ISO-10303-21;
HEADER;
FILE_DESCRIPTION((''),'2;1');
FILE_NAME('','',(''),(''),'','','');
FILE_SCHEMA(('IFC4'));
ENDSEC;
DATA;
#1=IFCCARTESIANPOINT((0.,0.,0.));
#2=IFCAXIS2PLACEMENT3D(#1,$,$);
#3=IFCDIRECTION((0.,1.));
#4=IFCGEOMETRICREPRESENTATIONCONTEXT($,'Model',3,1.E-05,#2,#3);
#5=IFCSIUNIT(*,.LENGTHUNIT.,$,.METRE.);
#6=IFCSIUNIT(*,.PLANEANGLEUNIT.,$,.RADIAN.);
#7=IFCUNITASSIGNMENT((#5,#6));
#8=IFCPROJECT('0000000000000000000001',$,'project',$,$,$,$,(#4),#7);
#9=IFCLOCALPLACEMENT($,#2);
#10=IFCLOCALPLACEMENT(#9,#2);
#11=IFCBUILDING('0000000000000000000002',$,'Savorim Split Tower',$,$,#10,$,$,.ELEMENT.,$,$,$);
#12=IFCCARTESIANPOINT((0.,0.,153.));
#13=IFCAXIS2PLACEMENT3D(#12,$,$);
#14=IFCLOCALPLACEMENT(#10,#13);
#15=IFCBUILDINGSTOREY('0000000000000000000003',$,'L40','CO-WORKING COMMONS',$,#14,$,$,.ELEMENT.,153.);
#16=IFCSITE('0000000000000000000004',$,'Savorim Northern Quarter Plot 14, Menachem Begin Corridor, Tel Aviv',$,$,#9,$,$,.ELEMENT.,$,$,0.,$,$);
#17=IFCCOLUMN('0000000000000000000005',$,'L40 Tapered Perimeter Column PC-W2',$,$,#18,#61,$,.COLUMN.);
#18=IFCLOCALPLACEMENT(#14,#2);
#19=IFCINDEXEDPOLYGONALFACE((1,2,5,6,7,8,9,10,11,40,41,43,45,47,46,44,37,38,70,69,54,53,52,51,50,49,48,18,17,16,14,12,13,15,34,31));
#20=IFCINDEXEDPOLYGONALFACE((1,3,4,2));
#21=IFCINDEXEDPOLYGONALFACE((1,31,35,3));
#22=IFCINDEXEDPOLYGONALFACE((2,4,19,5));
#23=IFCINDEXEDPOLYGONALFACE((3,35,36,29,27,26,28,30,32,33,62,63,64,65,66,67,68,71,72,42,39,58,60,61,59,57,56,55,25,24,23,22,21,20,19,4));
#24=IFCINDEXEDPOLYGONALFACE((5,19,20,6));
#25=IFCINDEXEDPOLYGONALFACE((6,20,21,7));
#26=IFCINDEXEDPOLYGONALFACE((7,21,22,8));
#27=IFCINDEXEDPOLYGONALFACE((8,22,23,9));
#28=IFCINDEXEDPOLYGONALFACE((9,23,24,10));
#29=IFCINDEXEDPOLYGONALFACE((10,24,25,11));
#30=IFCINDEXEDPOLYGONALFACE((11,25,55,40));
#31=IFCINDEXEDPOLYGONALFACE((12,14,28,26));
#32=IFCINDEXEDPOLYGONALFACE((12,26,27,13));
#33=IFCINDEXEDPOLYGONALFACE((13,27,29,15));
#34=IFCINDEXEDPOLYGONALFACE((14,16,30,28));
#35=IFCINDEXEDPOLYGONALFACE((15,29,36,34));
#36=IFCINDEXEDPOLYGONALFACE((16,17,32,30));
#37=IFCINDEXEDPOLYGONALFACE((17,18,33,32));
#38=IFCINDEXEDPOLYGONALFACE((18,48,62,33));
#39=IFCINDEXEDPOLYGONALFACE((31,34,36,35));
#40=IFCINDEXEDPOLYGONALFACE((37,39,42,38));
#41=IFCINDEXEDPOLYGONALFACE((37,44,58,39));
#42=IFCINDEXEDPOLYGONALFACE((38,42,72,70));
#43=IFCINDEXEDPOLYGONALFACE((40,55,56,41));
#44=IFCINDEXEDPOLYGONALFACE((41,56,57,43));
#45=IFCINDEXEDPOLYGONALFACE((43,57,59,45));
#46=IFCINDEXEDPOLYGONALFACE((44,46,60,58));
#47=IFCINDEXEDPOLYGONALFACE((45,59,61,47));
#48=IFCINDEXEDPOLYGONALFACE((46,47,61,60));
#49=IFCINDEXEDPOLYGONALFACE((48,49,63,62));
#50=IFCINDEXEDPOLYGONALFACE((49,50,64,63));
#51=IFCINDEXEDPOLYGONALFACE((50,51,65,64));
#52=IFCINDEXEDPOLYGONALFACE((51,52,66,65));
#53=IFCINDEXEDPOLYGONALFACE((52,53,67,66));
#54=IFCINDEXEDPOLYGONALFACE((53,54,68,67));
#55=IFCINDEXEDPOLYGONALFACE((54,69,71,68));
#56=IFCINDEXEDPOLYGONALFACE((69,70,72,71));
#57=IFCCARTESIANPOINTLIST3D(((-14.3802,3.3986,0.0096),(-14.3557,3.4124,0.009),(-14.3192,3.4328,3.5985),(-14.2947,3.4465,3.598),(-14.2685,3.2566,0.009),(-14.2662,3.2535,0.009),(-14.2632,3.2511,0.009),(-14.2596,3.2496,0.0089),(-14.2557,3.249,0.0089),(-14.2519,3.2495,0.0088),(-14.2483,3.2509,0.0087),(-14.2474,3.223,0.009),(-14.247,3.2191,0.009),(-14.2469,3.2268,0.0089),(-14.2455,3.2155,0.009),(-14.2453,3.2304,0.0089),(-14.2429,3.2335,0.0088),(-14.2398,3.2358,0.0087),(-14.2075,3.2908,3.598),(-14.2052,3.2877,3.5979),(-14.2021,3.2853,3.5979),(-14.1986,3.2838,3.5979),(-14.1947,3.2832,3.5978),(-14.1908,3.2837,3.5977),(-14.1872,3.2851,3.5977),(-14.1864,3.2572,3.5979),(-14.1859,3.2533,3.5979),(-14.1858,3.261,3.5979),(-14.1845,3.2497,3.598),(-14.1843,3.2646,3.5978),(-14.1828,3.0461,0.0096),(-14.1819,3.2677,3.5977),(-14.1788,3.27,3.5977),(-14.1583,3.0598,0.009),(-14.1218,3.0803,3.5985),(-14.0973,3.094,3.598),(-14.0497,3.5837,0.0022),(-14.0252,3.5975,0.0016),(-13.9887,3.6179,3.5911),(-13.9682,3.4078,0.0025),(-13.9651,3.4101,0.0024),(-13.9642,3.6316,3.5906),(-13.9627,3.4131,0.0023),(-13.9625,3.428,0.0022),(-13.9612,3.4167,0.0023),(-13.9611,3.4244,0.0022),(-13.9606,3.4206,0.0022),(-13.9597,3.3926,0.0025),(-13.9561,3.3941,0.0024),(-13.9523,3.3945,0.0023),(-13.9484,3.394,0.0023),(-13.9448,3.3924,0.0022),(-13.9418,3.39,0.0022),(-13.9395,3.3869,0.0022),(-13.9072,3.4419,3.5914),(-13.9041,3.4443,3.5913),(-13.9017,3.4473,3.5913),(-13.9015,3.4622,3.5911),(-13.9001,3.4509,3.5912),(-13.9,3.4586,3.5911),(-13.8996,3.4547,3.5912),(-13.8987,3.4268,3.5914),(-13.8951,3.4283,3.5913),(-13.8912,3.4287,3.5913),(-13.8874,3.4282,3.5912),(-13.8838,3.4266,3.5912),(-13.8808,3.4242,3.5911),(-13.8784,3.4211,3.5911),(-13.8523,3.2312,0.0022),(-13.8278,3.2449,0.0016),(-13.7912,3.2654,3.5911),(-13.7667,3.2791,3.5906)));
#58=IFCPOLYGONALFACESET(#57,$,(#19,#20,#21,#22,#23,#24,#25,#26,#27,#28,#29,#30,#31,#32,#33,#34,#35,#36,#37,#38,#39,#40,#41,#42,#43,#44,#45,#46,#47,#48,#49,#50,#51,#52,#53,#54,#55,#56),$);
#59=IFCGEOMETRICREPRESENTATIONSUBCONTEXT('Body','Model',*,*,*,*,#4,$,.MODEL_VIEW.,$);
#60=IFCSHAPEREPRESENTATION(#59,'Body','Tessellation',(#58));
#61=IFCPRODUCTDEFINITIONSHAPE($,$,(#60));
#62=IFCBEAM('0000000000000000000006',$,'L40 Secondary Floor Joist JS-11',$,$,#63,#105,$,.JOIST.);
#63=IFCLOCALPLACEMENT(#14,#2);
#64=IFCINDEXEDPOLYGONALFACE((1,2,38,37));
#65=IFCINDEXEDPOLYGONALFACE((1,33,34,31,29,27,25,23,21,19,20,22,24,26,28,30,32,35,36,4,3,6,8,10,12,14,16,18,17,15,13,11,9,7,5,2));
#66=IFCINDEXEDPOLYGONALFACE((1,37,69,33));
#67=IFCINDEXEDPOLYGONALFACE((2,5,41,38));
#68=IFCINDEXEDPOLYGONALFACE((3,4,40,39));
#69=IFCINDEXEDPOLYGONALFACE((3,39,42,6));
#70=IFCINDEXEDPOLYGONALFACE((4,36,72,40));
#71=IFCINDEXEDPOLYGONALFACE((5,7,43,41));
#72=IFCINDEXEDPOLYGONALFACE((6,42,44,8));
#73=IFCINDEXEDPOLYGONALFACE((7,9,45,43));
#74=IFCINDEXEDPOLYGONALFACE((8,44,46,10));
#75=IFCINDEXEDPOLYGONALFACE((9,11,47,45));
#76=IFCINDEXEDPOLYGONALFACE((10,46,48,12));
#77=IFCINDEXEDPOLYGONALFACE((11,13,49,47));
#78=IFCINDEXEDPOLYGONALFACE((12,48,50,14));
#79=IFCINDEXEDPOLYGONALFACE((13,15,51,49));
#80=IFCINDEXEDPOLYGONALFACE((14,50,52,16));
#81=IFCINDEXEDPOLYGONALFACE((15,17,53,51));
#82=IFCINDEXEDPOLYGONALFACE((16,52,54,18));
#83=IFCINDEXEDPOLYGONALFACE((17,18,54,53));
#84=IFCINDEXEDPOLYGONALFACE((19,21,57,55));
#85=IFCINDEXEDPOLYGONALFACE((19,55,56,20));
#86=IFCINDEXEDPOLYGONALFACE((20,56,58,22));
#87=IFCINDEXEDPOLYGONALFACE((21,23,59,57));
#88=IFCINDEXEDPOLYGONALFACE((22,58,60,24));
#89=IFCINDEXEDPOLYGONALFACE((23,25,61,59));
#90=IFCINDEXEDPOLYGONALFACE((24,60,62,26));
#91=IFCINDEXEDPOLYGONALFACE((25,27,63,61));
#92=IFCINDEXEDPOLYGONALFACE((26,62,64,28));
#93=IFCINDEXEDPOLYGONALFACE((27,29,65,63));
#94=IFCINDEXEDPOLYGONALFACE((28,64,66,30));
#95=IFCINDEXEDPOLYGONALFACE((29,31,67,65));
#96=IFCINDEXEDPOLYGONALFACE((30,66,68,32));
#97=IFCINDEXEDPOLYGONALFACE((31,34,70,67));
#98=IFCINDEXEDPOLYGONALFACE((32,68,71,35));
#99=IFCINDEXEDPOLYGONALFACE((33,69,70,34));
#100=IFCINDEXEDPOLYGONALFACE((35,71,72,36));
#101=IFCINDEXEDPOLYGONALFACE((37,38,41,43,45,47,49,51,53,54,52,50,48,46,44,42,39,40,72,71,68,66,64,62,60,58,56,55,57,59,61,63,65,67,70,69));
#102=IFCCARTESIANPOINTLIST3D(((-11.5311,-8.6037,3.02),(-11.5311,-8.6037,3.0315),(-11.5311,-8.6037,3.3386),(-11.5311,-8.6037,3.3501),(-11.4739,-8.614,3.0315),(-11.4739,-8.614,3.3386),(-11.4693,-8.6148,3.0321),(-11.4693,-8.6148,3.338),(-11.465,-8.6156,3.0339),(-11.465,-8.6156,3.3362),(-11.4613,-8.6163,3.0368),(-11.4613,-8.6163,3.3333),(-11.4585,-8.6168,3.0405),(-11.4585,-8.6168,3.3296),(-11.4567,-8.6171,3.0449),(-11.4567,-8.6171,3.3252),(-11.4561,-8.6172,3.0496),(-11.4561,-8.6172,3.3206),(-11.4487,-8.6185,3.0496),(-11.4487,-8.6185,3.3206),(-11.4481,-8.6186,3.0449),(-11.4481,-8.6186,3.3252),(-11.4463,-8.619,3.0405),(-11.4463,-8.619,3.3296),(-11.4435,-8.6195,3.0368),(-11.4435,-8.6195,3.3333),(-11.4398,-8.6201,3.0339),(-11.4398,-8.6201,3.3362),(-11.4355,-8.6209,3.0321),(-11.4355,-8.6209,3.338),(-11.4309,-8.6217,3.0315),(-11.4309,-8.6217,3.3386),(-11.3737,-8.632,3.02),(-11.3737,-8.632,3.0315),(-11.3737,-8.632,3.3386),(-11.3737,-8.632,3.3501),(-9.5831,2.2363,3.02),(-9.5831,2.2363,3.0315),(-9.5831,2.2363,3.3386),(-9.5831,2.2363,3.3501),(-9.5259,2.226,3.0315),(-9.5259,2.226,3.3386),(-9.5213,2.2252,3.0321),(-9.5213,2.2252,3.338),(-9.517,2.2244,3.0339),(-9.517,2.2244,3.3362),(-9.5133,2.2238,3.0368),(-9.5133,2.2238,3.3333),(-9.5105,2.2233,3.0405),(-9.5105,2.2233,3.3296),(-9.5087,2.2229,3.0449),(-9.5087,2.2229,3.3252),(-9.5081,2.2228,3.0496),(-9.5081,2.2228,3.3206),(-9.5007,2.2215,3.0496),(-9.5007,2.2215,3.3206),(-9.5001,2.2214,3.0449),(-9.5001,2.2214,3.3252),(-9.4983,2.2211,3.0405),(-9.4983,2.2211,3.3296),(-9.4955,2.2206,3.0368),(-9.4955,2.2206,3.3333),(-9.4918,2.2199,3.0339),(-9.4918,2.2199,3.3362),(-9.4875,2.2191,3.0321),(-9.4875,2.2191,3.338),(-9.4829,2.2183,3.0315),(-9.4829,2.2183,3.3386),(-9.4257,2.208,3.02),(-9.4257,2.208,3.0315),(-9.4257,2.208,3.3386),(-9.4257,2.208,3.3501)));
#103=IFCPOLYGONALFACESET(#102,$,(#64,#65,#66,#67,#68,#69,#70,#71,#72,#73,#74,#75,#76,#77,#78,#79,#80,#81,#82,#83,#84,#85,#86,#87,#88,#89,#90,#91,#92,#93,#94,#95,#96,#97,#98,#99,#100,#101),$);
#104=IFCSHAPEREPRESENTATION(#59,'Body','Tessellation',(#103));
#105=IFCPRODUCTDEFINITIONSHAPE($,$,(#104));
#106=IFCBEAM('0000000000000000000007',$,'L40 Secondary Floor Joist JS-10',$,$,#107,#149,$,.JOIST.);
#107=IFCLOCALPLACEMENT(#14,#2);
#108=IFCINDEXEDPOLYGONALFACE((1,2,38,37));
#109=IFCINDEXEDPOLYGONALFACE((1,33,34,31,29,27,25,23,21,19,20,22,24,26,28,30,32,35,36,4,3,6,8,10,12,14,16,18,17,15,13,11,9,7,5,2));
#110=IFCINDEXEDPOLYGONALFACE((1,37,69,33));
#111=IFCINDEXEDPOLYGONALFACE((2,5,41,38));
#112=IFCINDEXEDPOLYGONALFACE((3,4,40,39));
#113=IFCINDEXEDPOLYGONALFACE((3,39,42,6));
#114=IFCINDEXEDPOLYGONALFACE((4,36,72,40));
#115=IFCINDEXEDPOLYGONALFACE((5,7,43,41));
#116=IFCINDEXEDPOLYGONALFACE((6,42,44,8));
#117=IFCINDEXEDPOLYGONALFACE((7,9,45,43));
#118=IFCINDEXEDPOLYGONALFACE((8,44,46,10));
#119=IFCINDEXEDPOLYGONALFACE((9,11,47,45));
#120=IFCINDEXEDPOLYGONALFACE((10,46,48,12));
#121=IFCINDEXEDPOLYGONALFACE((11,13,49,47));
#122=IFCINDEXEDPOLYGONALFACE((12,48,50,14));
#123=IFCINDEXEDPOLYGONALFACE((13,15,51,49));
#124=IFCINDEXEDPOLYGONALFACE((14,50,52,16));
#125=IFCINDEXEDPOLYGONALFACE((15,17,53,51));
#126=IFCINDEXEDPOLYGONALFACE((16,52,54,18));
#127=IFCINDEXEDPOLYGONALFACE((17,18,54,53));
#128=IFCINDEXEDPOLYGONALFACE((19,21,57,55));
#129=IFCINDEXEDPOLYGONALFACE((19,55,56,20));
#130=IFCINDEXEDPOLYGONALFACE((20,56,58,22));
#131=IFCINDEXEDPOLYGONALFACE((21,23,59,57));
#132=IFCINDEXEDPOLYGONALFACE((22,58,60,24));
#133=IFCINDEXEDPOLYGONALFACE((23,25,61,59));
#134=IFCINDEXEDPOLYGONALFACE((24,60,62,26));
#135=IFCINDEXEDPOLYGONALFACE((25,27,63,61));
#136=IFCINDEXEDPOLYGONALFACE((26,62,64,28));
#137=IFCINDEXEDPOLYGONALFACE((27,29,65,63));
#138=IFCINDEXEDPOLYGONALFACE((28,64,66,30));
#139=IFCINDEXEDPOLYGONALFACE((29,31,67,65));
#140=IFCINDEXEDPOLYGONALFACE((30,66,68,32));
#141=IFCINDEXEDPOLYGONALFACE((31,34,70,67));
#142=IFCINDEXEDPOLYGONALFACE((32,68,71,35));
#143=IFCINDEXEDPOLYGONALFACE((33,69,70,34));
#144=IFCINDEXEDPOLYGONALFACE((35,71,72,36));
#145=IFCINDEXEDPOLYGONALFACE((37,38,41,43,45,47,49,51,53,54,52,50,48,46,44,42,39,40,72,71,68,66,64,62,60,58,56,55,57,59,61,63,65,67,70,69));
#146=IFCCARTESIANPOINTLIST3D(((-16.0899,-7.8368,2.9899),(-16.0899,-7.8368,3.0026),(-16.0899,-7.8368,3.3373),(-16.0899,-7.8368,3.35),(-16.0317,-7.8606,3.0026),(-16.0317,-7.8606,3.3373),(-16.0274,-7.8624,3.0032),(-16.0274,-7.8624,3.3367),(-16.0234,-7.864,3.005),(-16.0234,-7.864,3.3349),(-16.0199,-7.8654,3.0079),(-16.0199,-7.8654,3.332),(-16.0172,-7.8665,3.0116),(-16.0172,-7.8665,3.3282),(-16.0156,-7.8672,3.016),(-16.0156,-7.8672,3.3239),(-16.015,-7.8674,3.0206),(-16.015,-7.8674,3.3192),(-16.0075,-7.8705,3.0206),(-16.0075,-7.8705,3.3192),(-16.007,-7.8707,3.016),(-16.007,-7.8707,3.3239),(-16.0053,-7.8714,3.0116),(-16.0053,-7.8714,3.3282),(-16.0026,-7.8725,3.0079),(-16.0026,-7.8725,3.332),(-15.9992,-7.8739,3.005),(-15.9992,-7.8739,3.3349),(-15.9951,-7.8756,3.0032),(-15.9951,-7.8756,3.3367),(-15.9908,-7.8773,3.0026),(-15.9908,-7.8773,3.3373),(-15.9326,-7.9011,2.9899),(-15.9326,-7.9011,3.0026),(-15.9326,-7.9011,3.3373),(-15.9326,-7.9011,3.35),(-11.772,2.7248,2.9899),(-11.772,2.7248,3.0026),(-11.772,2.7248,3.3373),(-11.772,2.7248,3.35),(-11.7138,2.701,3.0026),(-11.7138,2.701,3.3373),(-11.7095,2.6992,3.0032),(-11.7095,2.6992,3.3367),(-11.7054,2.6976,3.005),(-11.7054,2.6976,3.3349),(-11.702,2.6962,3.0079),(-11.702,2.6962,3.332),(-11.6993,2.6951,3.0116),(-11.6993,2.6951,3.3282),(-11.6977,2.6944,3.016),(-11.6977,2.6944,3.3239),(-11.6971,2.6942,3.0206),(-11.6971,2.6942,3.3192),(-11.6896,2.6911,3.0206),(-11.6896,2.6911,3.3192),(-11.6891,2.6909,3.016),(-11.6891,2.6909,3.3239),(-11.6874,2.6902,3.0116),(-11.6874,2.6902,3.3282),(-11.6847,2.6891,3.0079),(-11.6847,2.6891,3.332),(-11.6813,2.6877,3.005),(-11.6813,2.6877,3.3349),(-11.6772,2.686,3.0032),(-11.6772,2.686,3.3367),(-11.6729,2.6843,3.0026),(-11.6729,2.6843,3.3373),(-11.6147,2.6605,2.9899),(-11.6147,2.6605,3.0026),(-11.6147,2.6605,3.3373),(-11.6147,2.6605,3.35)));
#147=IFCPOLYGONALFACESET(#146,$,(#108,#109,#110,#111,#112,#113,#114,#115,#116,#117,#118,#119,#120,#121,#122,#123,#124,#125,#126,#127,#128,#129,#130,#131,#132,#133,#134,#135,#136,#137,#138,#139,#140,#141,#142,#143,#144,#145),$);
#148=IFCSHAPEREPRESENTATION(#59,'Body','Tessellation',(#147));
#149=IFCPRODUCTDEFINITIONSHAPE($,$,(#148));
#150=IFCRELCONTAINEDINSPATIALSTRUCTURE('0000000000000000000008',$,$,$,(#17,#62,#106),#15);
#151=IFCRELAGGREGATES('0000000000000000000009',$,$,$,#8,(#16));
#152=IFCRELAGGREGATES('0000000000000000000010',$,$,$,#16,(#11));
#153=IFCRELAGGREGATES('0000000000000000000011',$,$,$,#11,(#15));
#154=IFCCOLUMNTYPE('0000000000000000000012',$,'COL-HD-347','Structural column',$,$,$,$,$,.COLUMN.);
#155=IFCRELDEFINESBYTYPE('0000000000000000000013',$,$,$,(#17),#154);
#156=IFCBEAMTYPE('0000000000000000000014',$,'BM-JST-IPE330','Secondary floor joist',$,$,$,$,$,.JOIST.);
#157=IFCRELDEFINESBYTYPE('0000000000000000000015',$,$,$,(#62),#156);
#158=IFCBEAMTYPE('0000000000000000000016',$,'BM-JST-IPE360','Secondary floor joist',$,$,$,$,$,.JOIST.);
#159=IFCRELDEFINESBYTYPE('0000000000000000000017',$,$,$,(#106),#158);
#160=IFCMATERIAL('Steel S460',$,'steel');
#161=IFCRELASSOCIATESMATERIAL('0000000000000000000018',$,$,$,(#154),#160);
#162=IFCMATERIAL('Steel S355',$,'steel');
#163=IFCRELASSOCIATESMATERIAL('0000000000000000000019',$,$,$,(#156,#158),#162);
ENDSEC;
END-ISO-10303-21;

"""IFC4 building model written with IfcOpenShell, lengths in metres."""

from ifc_helpers import new_model, si_unit, direction, frame, origin, origin_2d, place, context, subcontext, project, spatial, i_section, extrude, material, material_profile, profile_set, type_object, element, save


model = new_model("IFC4")

# Units and contexts
model_context = context("Model", 3, precision=1e-05, world=origin(), true_north=direction((0.0, 1.0)))
body_context = subcontext(model_context, "Body", "Model", "MODEL_VIEW")
ifc_project = project(units=[si_unit("LENGTHUNIT", "METRE"), si_unit("PLANEANGLEUNIT", "RADIAN")], contexts=[model_context])

# Site, building, storey
site_placement = place(None, origin())
site = spatial("IfcSite", under=ifc_project, at=site_placement, Name="Savorim Northern Quarter Plot 14, Menachem Begin Corridor, Tel Aviv", CompositionType="ELEMENT", RefElevation=0.0)
building_placement = place(site_placement, origin())
building = spatial("IfcBuilding", under=site, at=building_placement, Name="Savorim Split Tower", CompositionType="ELEMENT")
storey_placement = place(building_placement, frame((0.0, 0.0, 153.0)))
storey = spatial("IfcBuildingStorey", under=building, at=storey_placement, Name="L40", Description="CO-WORKING COMMONS", CompositionType="ELEMENT", Elevation=153.0)

# Column
ifc_material_1 = material(Name="Steel S460", Category="steel")
ifc_material_profile_1 = material_profile(ifc_material_1, i_section(OverallWidth=0.4041, OverallDepth=0.407, WebThickness=0.0173, FlangeThickness=0.0281, FilletRadius=0.0149, at=origin_2d()), Name="HD 400x347")
ifc_profile_set_1 = profile_set([ifc_material_profile_1], Name="Steel S460")
column_type = type_object("IfcColumnType", Name="COL-HD-347", Description="Structural column", PredefinedType="COLUMN", material=ifc_profile_set_1)
column_placement = place(storey_placement, frame((-14.104, 3.3218, 0.0056), z_axis=(0.017004, 0.009522, 0.99981), x_axis=(-0.488603, 0.872506, 0.0)))
element("IfcColumn", 1, at=column_placement, inside=storey, type_object=column_type, Name="L40 Tapered Perimeter Column PC-W2", PredefinedType="COLUMN", context=body_context, shape_type="SweptSolid", body=[
    extrude(i_section(OverallWidth=0.4041, OverallDepth=0.407, WebThickness=0.0173, FlangeThickness=0.0281, FilletRadius=0.0149, at=origin_2d()), origin(), (0.0, 0.0, 1.0), 3.5896),
])

# Beams
ifc_material_2 = material(Name="Steel S355", Category="steel")
ifc_material_profile_2 = material_profile(ifc_material_2, i_section(OverallWidth=0.1599, OverallDepth=0.3301, WebThickness=0.0076, FlangeThickness=0.0115, FilletRadius=0.0181, at=origin_2d()), Name="IPE 330")
ifc_profile_set_2 = profile_set([ifc_material_profile_2], Name="Steel S355")
beam_type_1 = type_object("IfcBeamType", Name="BM-JST-IPE330", Description="Secondary floor joist", PredefinedType="JOIST", material=ifc_profile_set_2)
beam_1_placement = place(storey_placement, frame((-9.5044, 2.2222, 3.1851), z_axis=(-0.17687, -0.984234, 0.0), x_axis=(0.984234, -0.17687, 0.0)))
element("IfcBeam", 2, at=beam_1_placement, inside=storey, type_object=beam_type_1, Name="L40 Secondary Floor Joist JS-11", PredefinedType="JOIST", context=body_context, shape_type="SweptSolid", body=[
    extrude(i_section(OverallWidth=0.1599, OverallDepth=0.3301, WebThickness=0.0076, FlangeThickness=0.0115, FilletRadius=0.0181, at=origin_2d()), origin(), (0.0, 0.0, 1.0), 11.0137),
])
ifc_material_profile_3 = material_profile(ifc_material_2, i_section(OverallWidth=0.1699, OverallDepth=0.3601, WebThickness=0.0081, FlangeThickness=0.0127, FilletRadius=0.0181, at=origin_2d()), Name="IPE 360")
ifc_profile_set_3 = profile_set([ifc_material_profile_3], Name="Steel S355")
beam_type_2 = type_object("IfcBeamType", Name="BM-JST-IPE360", Description="Secondary floor joist", PredefinedType="JOIST", material=ifc_profile_set_3)
beam_2_placement = place(storey_placement, frame((-11.6934, 2.6926, 3.1699), z_axis=(-0.378426, -0.925631, 0.0), x_axis=(0.925631, -0.378426, 0.0)))
element("IfcBeam", 3, at=beam_2_placement, inside=storey, type_object=beam_type_2, Name="L40 Secondary Floor Joist JS-10", PredefinedType="JOIST", context=body_context, shape_type="SweptSolid", body=[
    extrude(i_section(OverallWidth=0.1699, OverallDepth=0.3601, WebThickness=0.0081, FlangeThickness=0.0127, FilletRadius=0.0181, at=origin_2d()), origin(), (0.0, 0.0, 1.0), 11.4102),
])

save(model, "model.ifc")
